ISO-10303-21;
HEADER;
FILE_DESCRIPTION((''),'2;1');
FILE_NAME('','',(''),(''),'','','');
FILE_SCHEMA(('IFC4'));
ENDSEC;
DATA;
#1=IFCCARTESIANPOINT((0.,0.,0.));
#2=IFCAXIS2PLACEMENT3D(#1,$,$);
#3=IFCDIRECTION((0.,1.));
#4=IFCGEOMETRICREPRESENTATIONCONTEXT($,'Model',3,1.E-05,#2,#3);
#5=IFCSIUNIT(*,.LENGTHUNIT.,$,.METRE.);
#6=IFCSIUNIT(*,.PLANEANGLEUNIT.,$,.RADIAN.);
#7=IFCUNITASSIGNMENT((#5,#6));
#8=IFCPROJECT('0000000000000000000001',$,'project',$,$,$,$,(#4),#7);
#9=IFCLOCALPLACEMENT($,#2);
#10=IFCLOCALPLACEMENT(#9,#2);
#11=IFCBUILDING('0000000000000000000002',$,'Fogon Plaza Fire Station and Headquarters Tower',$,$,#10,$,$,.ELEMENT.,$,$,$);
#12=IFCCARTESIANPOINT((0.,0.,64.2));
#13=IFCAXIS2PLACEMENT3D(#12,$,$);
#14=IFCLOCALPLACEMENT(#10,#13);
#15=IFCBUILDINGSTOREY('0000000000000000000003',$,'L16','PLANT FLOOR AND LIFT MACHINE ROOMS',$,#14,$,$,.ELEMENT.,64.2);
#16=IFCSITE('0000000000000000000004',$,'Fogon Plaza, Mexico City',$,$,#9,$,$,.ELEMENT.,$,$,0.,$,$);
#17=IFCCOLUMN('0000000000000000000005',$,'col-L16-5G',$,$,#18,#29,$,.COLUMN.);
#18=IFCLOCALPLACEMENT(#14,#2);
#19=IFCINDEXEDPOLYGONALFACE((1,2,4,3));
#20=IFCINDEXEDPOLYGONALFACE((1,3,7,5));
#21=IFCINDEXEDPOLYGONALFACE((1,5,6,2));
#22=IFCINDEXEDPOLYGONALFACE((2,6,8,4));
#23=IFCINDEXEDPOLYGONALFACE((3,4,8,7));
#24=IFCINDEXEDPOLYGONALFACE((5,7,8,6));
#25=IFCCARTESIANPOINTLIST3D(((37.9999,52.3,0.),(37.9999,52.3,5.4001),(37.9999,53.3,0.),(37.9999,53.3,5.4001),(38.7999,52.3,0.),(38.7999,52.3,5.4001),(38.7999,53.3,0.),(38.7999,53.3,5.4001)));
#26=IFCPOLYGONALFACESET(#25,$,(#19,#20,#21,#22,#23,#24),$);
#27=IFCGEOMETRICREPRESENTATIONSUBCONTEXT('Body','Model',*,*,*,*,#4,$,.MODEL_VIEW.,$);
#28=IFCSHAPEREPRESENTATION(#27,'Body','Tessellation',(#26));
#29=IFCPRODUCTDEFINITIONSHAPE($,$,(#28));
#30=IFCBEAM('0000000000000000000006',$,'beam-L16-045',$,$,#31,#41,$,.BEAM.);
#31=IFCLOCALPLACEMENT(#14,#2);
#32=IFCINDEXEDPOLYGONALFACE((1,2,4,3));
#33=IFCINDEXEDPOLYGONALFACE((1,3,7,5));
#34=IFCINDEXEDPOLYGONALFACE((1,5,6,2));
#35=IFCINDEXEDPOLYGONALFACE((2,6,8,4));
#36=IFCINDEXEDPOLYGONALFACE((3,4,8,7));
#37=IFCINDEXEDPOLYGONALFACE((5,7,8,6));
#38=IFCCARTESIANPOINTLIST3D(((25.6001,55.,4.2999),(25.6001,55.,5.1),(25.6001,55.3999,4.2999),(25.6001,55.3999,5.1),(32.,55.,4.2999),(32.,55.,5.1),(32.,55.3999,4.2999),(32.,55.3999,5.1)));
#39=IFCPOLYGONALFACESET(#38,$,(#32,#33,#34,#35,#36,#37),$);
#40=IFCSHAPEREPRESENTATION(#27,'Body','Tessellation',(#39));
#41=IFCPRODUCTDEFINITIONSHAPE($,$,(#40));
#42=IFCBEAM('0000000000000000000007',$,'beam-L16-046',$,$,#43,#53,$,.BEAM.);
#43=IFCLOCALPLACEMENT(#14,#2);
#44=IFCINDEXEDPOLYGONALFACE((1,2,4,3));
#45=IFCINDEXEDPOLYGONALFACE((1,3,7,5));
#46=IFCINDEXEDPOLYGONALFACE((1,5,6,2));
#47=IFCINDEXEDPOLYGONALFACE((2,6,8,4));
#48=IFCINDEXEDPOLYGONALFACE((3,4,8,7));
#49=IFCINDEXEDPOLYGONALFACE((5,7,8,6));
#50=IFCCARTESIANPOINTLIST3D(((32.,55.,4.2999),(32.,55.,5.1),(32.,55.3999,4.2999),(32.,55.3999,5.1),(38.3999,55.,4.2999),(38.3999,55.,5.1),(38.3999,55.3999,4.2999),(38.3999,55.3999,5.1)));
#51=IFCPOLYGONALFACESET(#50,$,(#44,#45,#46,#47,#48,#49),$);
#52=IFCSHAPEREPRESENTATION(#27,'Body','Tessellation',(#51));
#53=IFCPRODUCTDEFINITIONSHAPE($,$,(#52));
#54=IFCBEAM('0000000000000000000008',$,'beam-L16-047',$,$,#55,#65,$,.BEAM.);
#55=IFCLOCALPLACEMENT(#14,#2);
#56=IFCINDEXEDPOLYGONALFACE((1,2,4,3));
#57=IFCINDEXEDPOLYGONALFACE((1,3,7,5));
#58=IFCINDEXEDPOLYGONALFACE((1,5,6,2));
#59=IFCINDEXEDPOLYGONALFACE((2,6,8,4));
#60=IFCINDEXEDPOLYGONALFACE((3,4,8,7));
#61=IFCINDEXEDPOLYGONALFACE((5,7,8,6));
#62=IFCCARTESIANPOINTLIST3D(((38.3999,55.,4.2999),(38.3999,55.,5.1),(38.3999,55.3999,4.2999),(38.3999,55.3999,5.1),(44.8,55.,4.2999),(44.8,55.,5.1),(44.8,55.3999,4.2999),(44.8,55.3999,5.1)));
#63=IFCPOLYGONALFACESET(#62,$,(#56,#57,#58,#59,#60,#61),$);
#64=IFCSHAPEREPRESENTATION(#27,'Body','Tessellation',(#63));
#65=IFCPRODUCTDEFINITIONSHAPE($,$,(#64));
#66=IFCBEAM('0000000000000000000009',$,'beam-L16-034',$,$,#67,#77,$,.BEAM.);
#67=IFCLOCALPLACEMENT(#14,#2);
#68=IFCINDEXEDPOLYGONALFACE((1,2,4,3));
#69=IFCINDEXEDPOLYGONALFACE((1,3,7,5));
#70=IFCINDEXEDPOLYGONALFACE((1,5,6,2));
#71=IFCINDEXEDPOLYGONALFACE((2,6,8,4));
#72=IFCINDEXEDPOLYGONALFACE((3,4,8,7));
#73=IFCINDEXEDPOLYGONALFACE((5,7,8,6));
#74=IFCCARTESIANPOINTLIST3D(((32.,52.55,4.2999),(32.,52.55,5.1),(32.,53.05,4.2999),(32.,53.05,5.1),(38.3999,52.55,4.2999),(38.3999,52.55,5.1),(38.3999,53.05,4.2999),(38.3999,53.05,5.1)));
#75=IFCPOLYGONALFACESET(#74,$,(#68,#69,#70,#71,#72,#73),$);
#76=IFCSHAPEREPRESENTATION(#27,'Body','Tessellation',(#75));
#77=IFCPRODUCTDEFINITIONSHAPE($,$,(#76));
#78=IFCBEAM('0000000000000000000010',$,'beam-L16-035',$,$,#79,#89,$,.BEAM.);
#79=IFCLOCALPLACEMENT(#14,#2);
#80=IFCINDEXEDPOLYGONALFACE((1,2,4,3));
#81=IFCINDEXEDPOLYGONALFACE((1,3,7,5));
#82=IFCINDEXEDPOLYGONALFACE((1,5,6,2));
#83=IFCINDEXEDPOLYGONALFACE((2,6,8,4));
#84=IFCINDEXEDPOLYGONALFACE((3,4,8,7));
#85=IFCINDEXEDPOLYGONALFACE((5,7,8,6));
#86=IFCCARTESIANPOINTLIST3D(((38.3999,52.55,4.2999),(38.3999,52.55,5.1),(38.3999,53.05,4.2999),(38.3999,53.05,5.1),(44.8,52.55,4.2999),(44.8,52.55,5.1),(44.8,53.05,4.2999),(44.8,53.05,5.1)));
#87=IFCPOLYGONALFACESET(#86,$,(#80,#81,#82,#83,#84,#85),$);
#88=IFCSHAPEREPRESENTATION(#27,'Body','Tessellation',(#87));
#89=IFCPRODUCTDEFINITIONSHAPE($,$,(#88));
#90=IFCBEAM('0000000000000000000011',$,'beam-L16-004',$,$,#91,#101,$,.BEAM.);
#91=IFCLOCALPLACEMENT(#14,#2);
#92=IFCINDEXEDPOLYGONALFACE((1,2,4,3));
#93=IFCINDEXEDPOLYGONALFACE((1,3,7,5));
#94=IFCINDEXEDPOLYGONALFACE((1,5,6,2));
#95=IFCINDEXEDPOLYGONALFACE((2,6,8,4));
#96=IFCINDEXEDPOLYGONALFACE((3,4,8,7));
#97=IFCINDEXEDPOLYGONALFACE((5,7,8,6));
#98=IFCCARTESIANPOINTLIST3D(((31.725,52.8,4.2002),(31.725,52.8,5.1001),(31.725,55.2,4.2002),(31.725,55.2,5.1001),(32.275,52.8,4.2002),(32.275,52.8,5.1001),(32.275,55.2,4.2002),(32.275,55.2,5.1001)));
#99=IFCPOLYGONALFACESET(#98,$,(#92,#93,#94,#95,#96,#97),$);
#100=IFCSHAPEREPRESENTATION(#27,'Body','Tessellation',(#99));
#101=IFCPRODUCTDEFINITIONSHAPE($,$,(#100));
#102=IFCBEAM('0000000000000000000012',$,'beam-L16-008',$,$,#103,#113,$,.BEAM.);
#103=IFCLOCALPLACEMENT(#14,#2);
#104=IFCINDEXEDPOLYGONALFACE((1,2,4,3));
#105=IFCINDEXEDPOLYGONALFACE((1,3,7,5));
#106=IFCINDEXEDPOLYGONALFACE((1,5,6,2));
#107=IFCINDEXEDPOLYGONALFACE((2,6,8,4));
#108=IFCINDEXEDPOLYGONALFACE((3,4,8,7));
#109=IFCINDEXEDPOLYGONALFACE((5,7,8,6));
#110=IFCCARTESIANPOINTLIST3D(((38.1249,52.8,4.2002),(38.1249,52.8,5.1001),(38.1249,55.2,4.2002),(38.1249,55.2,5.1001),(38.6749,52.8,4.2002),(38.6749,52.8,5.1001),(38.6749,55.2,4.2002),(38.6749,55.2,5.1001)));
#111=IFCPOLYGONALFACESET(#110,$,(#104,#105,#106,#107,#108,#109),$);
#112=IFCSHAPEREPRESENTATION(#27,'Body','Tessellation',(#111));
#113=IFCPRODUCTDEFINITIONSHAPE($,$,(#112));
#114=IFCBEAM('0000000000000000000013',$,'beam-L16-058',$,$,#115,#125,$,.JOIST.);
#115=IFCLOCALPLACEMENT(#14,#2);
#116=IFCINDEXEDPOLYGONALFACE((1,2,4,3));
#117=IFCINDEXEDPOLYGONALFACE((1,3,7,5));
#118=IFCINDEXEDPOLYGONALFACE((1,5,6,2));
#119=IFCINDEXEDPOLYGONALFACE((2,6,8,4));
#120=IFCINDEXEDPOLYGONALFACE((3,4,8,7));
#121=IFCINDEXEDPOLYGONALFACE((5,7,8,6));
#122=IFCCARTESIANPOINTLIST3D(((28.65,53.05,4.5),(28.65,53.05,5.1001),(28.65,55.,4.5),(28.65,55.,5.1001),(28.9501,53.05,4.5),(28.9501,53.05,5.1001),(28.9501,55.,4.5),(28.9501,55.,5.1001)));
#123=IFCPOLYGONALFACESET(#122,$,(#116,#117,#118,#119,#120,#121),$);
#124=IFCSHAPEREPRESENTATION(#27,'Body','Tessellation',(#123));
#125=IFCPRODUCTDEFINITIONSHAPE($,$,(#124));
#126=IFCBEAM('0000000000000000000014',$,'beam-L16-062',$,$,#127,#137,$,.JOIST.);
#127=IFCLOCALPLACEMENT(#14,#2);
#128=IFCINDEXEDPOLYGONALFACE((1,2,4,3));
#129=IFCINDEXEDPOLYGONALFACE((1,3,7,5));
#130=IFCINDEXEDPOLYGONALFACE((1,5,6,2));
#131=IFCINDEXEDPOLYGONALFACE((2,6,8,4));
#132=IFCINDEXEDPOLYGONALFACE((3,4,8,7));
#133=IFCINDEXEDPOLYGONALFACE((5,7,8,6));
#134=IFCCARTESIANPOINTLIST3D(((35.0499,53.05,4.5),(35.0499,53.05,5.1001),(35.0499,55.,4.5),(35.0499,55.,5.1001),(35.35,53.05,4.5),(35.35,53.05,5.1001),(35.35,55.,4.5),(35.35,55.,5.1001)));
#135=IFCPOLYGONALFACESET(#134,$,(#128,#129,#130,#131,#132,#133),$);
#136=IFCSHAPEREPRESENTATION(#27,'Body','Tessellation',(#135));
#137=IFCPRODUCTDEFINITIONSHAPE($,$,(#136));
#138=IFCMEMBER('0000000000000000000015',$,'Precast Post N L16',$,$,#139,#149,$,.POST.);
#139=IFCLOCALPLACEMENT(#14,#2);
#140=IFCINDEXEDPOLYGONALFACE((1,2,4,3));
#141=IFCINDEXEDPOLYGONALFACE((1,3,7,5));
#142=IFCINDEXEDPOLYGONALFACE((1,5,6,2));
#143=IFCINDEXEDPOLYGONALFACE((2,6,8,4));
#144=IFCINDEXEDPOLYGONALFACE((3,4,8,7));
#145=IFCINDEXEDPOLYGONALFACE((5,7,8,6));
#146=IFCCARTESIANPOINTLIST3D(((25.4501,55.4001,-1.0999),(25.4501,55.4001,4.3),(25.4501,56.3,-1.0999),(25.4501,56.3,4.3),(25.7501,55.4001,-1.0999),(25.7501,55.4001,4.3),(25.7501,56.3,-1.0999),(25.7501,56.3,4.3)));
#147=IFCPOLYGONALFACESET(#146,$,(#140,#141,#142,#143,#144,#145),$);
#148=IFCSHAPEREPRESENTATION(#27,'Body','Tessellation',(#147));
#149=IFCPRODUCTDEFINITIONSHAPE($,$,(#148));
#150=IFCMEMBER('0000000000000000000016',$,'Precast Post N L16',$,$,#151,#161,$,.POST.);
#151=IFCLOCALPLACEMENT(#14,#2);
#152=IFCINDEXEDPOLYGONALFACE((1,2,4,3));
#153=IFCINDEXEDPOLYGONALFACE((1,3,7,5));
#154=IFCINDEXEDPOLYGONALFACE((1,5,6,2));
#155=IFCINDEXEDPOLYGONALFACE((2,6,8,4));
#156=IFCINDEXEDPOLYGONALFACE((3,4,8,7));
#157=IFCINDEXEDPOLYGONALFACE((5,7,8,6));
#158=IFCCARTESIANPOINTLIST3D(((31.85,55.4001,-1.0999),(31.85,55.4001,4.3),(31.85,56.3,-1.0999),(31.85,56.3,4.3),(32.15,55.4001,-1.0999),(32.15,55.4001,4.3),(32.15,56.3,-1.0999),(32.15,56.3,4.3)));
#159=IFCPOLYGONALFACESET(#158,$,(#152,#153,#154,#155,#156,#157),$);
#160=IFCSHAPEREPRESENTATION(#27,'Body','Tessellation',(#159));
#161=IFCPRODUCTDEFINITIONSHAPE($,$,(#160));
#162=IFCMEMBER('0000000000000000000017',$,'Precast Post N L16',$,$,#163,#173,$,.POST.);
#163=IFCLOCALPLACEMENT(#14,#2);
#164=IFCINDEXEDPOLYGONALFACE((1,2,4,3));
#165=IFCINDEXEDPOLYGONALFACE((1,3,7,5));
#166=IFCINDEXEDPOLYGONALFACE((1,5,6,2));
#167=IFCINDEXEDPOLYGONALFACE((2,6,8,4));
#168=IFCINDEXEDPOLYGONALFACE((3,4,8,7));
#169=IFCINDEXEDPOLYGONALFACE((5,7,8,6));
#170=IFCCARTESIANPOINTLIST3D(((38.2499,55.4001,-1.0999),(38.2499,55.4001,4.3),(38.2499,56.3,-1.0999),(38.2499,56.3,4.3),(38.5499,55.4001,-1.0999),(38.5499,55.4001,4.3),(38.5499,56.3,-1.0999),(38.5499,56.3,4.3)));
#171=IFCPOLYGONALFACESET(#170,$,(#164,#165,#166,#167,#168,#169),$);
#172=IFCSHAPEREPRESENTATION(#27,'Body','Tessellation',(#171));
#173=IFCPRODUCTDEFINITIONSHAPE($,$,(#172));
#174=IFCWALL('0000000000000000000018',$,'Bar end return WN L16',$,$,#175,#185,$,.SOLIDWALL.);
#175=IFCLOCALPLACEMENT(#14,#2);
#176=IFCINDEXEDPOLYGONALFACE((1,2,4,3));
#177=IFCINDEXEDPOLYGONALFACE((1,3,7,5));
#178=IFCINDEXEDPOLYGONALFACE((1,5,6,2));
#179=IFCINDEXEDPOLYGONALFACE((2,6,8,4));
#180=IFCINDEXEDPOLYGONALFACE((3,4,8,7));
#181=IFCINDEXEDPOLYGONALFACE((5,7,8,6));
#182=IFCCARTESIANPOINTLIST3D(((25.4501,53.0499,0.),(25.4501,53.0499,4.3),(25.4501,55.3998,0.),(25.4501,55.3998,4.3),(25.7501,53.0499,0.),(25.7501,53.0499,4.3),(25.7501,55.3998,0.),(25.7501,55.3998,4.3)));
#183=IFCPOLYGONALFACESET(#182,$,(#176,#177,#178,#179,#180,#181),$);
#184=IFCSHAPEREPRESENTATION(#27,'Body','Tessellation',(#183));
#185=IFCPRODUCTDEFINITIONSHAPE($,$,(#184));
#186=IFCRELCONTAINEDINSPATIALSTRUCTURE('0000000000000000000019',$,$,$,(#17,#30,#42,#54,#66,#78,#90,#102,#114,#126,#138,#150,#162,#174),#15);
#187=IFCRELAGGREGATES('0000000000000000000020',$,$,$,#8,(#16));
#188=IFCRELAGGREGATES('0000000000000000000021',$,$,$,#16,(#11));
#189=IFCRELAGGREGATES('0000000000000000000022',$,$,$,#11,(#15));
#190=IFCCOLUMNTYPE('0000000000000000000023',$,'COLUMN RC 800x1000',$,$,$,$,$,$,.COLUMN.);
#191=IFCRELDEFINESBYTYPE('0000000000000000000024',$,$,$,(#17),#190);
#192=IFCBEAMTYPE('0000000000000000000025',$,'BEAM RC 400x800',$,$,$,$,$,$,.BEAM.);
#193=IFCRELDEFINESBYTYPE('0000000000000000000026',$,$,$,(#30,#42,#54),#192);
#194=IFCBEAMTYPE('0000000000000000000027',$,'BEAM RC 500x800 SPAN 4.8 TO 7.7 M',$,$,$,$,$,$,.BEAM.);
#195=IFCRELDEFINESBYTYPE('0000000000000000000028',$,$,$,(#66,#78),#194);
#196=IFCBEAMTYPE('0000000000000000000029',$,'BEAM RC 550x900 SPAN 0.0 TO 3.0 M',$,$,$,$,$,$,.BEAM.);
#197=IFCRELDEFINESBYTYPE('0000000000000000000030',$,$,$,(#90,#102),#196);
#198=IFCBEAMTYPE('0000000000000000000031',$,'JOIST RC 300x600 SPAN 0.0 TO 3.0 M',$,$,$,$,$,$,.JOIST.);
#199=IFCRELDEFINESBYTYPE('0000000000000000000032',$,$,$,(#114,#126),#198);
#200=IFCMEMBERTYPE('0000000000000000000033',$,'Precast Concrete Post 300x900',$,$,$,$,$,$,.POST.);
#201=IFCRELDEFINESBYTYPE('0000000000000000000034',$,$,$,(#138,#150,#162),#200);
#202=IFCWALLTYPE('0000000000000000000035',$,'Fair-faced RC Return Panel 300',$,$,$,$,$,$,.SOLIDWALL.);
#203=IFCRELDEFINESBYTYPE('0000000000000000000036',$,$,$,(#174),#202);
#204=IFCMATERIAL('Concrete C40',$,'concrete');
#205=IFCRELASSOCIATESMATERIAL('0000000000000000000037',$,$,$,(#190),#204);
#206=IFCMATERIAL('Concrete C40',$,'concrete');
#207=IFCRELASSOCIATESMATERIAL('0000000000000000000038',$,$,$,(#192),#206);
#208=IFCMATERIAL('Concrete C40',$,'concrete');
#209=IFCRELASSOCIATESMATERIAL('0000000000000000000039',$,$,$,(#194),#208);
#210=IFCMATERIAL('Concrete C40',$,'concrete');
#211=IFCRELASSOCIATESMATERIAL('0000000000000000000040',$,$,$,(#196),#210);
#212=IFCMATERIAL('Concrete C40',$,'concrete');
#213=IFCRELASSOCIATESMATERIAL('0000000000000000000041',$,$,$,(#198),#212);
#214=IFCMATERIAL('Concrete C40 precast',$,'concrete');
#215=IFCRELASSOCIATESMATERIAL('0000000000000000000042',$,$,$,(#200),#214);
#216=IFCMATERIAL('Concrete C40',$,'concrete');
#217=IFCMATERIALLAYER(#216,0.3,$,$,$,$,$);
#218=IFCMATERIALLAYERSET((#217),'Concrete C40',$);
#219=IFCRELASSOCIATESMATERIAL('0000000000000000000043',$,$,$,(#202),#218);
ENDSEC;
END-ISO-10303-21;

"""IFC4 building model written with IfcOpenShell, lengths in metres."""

from ifc_helpers import new_model, si_unit, direction, frame, frame_2d, origin, origin_2d, place, context, subcontext, project, spatial, rectangle, extrude, material, layer, layer_set, material_profile, profile_set, type_object, element, save


model = new_model("IFC4")

# Units and contexts
model_context = context("Model", 3, precision=1e-05, world=origin(), true_north=direction((0.0, 1.0)))
body_context = subcontext(model_context, "Body", "Model", "MODEL_VIEW")
ifc_project = project(units=[si_unit("LENGTHUNIT", "METRE"), si_unit("PLANEANGLEUNIT", "RADIAN")], contexts=[model_context])

# Site, building, storey
site_placement = place(None, origin())
site = spatial("IfcSite", under=ifc_project, at=site_placement, Name="Fogon Plaza, Mexico City", CompositionType="ELEMENT", RefElevation=0.0)
building_placement = place(site_placement, origin())
building = spatial("IfcBuilding", under=site, at=building_placement, Name="Fogon Plaza Fire Station and Headquarters Tower", CompositionType="ELEMENT")
storey_placement = place(building_placement, frame((0.0, 0.0, 64.2)))
storey = spatial("IfcBuildingStorey", under=building, at=storey_placement, Name="L16", Description="PLANT FLOOR AND LIFT MACHINE ROOMS", CompositionType="ELEMENT", Elevation=64.2)

# Column
ifc_material_1 = material(Name="Concrete C40", Category="concrete")
ifc_material_profile_1 = material_profile(ifc_material_1, rectangle(XDim=0.8, YDim=1.0, at=origin_2d()), Name="RC 800x1000")
ifc_profile_set_1 = profile_set([ifc_material_profile_1], Name="Concrete C40")
column_type = type_object("IfcColumnType", Name="COLUMN RC 800x1000", PredefinedType="COLUMN", material=ifc_profile_set_1)
column_placement = place(storey_placement, frame((38.3999, 52.8, 0.0), z_axis=(0.0, 0.0, 1.0), x_axis=(1.0, 0.0, 0.0)))
element("IfcColumn", 1, at=column_placement, inside=storey, type_object=column_type, Name="col-L16-5G", PredefinedType="COLUMN", context=body_context, shape_type="SweptSolid", body=[
    extrude(rectangle(XDim=0.8, YDim=1.0, at=origin_2d()), origin(), (0.0, 0.0, 1.0), 5.4001),
])

# Beams
ifc_material_2 = material(Name="Concrete C40", Category="concrete")
ifc_material_profile_2 = material_profile(ifc_material_2, rectangle(XDim=0.3999, YDim=0.8, at=origin_2d()), Name="RC 400x800")
ifc_profile_set_2 = profile_set([ifc_material_profile_2], Name="Concrete C40")
beam_type_1 = type_object("IfcBeamType", Name="BEAM RC 400x800", PredefinedType="BEAM", material=ifc_profile_set_2)
for number, where, z_axis, x_axis, name in (
    (2, (25.6001, 55.2, 4.7), (1.0, 0.0, 0.0), (0.0, 1.0, 0.0), "beam-L16-045"),
    (3, (32.0, 55.2, 4.7), (1.0, 0.0, 0.0), (0.0, 1.0, 0.0), "beam-L16-046"),
):
    element("IfcBeam", number, at=place(storey_placement, frame(where, z_axis=z_axis, x_axis=x_axis)), inside=storey, type_object=beam_type_1, Name=name, PredefinedType="BEAM", context=body_context, shape_type="SweptSolid", body=[
        extrude(rectangle(XDim=0.3999, YDim=0.8, at=origin_2d()), origin(), (0.0, 0.0, 1.0), 6.3999),
    ])
beam_1_placement = place(storey_placement, frame((38.3999, 55.2, 4.7), z_axis=(1.0, 0.0, 0.0), x_axis=(0.0, 1.0, 0.0)))
element("IfcBeam", 4, at=beam_1_placement, inside=storey, type_object=beam_type_1, Name="beam-L16-047", PredefinedType="BEAM", context=body_context, shape_type="SweptSolid", body=[
    extrude(rectangle(XDim=0.3999, YDim=0.8, at=origin_2d()), origin(), (0.0, 0.0, 1.0), 6.4001),
])
ifc_material_3 = material(Name="Concrete C40", Category="concrete")
ifc_material_profile_3 = material_profile(ifc_material_3, rectangle(XDim=0.5, YDim=0.8, at=origin_2d()), Name="RC 500x800")
ifc_profile_set_3 = profile_set([ifc_material_profile_3], Name="Concrete C40")
beam_type_2 = type_object("IfcBeamType", Name="BEAM RC 500x800 SPAN 4.8 TO 7.7 M", PredefinedType="BEAM", material=ifc_profile_set_3)
beam_2_placement = place(storey_placement, frame((32.0, 52.8, 4.7), z_axis=(1.0, 0.0, 0.0), x_axis=(0.0, 1.0, 0.0)))
element("IfcBeam", 5, at=beam_2_placement, inside=storey, type_object=beam_type_2, Name="beam-L16-034", PredefinedType="BEAM", context=body_context, shape_type="SweptSolid", body=[
    extrude(rectangle(XDim=0.5, YDim=0.8, at=origin_2d()), origin(), (0.0, 0.0, 1.0), 6.3999),
])
beam_3_placement = place(storey_placement, frame((38.3999, 52.8, 4.7), z_axis=(1.0, 0.0, 0.0), x_axis=(0.0, 1.0, 0.0)))
element("IfcBeam", 6, at=beam_3_placement, inside=storey, type_object=beam_type_2, Name="beam-L16-035", PredefinedType="BEAM", context=body_context, shape_type="SweptSolid", body=[
    extrude(rectangle(XDim=0.5, YDim=0.8, at=origin_2d()), origin(), (0.0, 0.0, 1.0), 6.4001),
])
ifc_material_4 = material(Name="Concrete C40", Category="concrete")
ifc_material_profile_4 = material_profile(ifc_material_4, rectangle(XDim=0.55, YDim=0.8999, at=origin_2d()), Name="RC 550x900")
ifc_profile_set_4 = profile_set([ifc_material_profile_4], Name="Concrete C40")
beam_type_3 = type_object("IfcBeamType", Name="BEAM RC 550x900 SPAN 0.0 TO 3.0 M", PredefinedType="BEAM", material=ifc_profile_set_4)
for number, where, z_axis, x_axis, name in (
    (7, (32.0, 52.8, 4.6501), (0.0, 1.0, 0.0), (-1.0, 0.0, 0.0), "beam-L16-004"),
    (8, (38.3999, 52.8, 4.6501), (0.0, 1.0, 0.0), (-1.0, 0.0, 0.0), "beam-L16-008"),
):
    element("IfcBeam", number, at=place(storey_placement, frame(where, z_axis=z_axis, x_axis=x_axis)), inside=storey, type_object=beam_type_3, Name=name, PredefinedType="BEAM", context=body_context, shape_type="SweptSolid", body=[
        extrude(rectangle(XDim=0.55, YDim=0.8999, at=origin_2d()), origin(), (0.0, 0.0, 1.0), 2.3999),
    ])
ifc_material_5 = material(Name="Concrete C40", Category="concrete")
ifc_material_profile_5 = material_profile(ifc_material_5, rectangle(XDim=0.3, YDim=0.6001, at=origin_2d()), Name="RC 300x600")
ifc_profile_set_5 = profile_set([ifc_material_profile_5], Name="Concrete C40")
beam_type_4 = type_object("IfcBeamType", Name="JOIST RC 300x600 SPAN 0.0 TO 3.0 M", PredefinedType="JOIST", material=ifc_profile_set_5)
for number, where, z_axis, x_axis, name in (
    (9, (28.8, 53.05, 4.8), (0.0, 1.0, 0.0), (-1.0, 0.0, 0.0), "beam-L16-058"),
    (10, (35.2, 53.05, 4.8), (0.0, 1.0, 0.0), (-1.0, 0.0, 0.0), "beam-L16-062"),
):
    element("IfcBeam", number, at=place(storey_placement, frame(where, z_axis=z_axis, x_axis=x_axis)), inside=storey, type_object=beam_type_4, Name=name, PredefinedType="JOIST", context=body_context, shape_type="SweptSolid", body=[
        extrude(rectangle(XDim=0.3, YDim=0.6001, at=origin_2d()), origin(), (0.0, 0.0, 1.0), 1.95),
    ])

# Members
ifc_material_6 = material(Name="Concrete C40 precast", Category="concrete")
ifc_material_profile_6 = material_profile(ifc_material_6, rectangle(XDim=0.3, YDim=0.8999, at=origin_2d()), Name="Precast Concrete Post 300x900")
ifc_profile_set_6 = profile_set([ifc_material_profile_6], Name="Concrete C40 precast")
member_type = type_object("IfcMemberType", Name="Precast Concrete Post 300x900", PredefinedType="POST", material=ifc_profile_set_6)
for number, where, z_axis, x_axis, name in (
    (11, (25.6001, 55.8501, -1.0999), (0.0, 0.0, 1.0), (1.0, 0.0, 0.0), "Precast Post N L16"),
    (12, (32.0, 55.8501, -1.0999), (0.0, 0.0, 1.0), (1.0, 0.0, 0.0), "Precast Post N L16"),
    (13, (38.3999, 55.8501, -1.0999), (0.0, 0.0, 1.0), (1.0, 0.0, 0.0), "Precast Post N L16"),
):
    element("IfcMember", number, at=place(storey_placement, frame(where, z_axis=z_axis, x_axis=x_axis)), inside=storey, type_object=member_type, Name=name, PredefinedType="POST", context=body_context, shape_type="SweptSolid", body=[
        extrude(rectangle(XDim=0.3, YDim=0.8999, at=origin_2d()), origin(), (0.0, 0.0, 1.0), 5.3999),
    ])

# Wall
ifc_material_7 = material(Name="Concrete C40", Category="concrete")
ifc_layer_1 = layer(ifc_material_7, 0.3)
ifc_layer_set_1 = layer_set([ifc_layer_1], Name="Concrete C40")
wall_type = type_object("IfcWallType", Name="Fair-faced RC Return Panel 300", PredefinedType="SOLIDWALL", material=ifc_layer_set_1)
wall_placement = place(storey_placement, frame((25.6001, 53.05, 0.0), z_axis=(0.0, 0.0, 1.0), x_axis=(0.0, 1.0, 0.0)))
element("IfcWall", 14, at=wall_placement, inside=storey, type_object=wall_type, Name="Bar end return WN L16", PredefinedType="SOLIDWALL", context=body_context, shape_type="SweptSolid", body=[
    extrude(rectangle(XDim=2.3499, YDim=0.3, at=frame_2d((1.1748, 0.0))), origin(), (0.0, 0.0, 1.0), 4.3),
])

save(model, "model.ifc")
